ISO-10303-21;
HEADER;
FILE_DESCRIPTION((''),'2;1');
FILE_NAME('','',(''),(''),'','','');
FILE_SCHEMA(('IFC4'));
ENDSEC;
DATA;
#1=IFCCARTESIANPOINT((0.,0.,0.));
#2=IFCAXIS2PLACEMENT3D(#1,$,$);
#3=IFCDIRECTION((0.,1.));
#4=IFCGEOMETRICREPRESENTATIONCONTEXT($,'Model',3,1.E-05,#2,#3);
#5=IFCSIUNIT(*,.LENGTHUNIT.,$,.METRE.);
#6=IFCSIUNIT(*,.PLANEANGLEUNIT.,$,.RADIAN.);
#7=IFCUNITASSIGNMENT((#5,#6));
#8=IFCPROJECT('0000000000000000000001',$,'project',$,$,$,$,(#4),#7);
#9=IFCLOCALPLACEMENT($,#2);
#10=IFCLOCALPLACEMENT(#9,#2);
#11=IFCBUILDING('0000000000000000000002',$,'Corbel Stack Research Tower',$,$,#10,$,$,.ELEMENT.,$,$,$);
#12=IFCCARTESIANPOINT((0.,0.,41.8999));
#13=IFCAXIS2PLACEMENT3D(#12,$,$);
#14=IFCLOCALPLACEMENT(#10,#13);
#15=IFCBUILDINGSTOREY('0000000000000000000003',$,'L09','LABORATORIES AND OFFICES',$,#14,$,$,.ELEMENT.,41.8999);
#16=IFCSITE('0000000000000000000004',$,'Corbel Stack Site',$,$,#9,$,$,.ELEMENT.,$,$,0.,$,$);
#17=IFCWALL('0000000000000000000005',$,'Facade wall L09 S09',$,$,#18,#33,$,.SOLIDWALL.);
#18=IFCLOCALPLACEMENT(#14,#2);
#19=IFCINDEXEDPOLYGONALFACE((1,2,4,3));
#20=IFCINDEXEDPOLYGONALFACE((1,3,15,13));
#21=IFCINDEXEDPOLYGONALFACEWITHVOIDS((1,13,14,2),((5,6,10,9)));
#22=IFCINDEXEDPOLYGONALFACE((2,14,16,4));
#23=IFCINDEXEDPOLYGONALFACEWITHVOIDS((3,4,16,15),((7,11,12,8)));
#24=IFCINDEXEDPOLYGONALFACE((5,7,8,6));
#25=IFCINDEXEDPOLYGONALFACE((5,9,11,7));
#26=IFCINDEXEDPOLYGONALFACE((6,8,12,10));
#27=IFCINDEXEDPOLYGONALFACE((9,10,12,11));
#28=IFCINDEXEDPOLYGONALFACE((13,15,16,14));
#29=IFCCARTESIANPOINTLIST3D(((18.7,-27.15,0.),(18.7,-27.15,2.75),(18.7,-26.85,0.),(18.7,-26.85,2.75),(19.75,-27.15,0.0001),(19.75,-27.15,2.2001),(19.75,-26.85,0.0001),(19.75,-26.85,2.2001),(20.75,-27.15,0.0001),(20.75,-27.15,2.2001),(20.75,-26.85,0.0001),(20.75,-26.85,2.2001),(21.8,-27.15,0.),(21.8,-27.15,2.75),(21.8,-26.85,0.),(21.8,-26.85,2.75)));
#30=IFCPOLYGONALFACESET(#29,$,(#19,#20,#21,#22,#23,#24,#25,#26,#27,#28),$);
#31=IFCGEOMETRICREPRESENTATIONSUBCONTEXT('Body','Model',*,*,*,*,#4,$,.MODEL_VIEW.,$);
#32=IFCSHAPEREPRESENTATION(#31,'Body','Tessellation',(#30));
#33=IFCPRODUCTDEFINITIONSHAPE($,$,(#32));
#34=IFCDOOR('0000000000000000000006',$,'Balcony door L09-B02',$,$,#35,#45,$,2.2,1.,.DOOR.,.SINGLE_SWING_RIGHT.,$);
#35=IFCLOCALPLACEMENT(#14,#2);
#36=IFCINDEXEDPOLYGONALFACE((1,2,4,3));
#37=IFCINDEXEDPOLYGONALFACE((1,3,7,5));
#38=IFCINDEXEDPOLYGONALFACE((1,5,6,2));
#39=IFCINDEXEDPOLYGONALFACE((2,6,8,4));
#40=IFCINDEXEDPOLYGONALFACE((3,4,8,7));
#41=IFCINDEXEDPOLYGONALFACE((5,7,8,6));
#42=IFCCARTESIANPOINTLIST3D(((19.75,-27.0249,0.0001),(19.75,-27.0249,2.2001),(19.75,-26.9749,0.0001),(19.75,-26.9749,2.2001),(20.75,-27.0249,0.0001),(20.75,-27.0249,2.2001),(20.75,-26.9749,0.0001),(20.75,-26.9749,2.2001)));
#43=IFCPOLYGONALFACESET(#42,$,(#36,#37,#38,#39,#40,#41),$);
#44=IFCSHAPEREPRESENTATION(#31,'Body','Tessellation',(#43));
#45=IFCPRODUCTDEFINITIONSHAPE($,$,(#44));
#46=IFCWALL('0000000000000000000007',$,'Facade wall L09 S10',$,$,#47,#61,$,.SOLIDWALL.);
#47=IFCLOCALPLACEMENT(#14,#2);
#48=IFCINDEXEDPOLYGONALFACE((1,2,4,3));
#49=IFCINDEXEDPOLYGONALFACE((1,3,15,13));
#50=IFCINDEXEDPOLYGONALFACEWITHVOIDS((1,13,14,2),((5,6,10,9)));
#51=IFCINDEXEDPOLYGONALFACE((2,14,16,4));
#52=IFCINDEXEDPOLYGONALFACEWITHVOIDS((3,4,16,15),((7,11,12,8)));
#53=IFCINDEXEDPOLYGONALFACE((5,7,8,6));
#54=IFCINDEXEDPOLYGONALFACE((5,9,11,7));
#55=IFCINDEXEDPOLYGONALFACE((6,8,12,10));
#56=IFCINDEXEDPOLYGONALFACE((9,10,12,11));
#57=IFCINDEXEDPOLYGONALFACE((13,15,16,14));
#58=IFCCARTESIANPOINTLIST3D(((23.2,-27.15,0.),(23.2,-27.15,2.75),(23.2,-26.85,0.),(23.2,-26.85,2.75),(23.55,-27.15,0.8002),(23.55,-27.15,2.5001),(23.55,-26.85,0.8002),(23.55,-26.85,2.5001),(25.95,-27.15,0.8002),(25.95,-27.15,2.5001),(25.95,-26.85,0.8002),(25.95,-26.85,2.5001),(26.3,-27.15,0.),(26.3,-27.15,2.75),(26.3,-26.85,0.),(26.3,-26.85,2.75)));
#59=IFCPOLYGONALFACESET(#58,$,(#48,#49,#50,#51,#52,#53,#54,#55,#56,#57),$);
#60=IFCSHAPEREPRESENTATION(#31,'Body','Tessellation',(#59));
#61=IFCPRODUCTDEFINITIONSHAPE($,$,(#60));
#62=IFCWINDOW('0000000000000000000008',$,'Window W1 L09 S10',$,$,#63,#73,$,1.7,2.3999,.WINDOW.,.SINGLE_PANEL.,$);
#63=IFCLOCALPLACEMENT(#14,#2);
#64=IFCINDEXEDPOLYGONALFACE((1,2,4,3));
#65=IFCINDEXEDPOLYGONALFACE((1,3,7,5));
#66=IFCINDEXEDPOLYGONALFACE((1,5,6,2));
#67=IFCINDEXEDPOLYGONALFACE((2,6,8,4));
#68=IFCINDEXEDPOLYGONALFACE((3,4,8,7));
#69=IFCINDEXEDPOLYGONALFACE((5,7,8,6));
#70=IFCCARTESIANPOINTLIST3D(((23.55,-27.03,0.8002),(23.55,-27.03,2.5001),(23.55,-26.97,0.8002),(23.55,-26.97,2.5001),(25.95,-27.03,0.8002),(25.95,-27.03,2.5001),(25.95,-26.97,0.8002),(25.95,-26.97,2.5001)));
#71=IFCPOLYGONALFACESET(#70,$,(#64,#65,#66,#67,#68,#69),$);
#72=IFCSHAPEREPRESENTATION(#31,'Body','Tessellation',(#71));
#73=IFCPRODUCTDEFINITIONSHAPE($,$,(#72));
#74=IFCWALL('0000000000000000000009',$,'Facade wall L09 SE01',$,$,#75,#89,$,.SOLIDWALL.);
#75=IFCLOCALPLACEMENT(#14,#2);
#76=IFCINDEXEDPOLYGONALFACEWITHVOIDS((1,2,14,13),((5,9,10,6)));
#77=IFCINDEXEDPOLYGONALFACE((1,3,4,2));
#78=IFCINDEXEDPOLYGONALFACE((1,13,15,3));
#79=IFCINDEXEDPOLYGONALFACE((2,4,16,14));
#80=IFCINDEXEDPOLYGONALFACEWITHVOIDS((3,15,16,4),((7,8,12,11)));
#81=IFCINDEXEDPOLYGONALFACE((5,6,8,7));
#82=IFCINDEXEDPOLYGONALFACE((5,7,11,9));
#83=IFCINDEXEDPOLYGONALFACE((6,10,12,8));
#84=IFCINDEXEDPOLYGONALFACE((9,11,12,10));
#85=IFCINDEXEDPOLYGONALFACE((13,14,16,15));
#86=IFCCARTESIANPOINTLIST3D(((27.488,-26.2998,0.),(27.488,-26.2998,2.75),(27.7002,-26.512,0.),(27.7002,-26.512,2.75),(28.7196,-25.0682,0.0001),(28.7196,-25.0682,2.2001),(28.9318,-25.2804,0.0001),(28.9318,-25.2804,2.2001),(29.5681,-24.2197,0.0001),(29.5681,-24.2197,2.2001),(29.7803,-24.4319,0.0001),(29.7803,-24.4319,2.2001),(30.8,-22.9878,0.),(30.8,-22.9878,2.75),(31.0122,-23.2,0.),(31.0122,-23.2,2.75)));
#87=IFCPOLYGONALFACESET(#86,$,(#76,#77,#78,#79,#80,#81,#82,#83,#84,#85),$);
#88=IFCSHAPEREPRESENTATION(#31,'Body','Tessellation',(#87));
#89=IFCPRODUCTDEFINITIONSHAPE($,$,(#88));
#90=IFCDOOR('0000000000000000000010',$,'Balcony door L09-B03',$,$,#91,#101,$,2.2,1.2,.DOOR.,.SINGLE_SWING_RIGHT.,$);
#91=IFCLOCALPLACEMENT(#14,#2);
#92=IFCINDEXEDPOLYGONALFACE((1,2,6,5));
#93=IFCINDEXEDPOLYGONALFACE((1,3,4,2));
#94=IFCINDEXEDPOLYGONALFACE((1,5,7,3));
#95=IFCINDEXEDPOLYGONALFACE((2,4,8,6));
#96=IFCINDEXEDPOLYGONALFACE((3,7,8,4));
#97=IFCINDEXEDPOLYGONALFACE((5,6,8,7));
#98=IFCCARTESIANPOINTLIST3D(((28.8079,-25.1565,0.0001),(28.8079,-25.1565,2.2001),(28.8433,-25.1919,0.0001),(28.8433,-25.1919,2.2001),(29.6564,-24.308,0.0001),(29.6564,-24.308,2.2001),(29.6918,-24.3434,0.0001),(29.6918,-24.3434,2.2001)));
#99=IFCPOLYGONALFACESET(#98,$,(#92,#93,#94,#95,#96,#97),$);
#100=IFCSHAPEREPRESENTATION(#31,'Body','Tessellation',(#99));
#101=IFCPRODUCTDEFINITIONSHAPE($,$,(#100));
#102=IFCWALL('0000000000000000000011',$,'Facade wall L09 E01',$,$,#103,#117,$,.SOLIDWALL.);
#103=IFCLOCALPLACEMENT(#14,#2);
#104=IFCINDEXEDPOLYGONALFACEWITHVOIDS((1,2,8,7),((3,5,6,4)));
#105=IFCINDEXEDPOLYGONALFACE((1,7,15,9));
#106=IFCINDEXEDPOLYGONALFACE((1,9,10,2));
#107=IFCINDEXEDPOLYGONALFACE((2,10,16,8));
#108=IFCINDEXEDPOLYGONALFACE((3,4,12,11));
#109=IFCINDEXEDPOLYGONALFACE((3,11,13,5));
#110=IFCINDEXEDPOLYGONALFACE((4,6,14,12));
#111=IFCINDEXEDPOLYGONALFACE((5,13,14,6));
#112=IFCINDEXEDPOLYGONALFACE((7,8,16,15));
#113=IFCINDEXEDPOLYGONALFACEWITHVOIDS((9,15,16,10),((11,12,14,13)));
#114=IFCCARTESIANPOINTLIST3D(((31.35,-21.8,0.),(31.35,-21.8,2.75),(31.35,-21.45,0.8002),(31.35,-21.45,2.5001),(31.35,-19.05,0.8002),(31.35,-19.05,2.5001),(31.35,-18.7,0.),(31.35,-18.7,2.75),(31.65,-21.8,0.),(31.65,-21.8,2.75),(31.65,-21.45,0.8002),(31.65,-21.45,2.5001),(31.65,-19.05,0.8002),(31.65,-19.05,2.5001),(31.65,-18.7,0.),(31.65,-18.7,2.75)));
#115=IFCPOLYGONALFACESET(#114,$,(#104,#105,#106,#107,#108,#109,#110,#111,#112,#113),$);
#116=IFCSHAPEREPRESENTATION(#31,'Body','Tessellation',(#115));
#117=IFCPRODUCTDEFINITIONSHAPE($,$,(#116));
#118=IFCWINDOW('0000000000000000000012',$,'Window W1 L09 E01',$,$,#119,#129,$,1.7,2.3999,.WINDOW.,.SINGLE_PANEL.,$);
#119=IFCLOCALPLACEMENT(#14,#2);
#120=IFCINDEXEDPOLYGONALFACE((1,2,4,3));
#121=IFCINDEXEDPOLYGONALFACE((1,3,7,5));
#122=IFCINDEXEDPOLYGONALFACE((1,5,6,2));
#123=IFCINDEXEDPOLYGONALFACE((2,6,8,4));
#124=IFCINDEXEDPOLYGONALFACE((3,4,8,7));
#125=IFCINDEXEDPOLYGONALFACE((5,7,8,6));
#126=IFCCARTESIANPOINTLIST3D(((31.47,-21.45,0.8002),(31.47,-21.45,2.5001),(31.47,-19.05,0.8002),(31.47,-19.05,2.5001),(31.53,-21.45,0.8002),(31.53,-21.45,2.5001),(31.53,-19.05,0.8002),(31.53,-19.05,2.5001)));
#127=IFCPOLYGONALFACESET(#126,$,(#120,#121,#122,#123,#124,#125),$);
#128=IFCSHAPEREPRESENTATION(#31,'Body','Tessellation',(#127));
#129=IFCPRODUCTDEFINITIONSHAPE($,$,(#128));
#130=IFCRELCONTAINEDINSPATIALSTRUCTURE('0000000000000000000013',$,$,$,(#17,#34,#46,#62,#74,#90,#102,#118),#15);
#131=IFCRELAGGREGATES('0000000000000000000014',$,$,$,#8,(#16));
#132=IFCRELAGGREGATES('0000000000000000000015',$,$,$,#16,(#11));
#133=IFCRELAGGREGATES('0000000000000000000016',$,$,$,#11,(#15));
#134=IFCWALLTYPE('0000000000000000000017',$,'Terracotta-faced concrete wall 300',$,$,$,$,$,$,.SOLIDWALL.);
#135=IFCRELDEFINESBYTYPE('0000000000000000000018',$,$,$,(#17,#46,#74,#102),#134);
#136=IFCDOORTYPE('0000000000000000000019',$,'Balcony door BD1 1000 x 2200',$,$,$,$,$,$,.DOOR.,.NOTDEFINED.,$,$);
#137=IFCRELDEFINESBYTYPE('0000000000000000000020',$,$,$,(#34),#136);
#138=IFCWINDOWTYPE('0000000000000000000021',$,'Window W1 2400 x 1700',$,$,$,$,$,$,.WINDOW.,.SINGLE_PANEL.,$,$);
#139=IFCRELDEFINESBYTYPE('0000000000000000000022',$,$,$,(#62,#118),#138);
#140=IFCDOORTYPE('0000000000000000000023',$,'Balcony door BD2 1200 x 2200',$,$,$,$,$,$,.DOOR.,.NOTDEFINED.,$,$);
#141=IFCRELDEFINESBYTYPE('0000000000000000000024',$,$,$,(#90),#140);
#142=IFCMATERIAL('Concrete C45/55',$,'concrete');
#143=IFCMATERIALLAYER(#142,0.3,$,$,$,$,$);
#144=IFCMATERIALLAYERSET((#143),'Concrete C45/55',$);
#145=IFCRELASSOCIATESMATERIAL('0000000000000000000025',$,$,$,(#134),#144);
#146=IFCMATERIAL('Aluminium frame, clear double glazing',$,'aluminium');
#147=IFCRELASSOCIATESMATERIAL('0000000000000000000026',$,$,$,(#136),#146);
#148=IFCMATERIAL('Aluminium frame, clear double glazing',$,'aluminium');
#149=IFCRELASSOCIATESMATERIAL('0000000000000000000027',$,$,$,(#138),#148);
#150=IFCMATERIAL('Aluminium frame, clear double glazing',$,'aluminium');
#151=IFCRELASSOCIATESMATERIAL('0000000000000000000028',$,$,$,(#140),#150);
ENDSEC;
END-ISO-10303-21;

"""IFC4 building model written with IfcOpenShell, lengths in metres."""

from ifc_helpers import new_model, si_unit, direction, frame, frame_2d, origin, place, context, subcontext, project, spatial, rectangle, extrude, material, layer, layer_set, type_object, element, fill, save


model = new_model("IFC4")

# Units and contexts
model_context = context("Model", 3, precision=1e-05, world=origin(), true_north=direction((0.0, 1.0)))
body_context = subcontext(model_context, "Body", "Model", "MODEL_VIEW")
ifc_project = project(units=[si_unit("LENGTHUNIT", "METRE"), si_unit("PLANEANGLEUNIT", "RADIAN")], contexts=[model_context])

# Site, building, storey
site_placement = place(None, origin())
site = spatial("IfcSite", under=ifc_project, at=site_placement, Name="Corbel Stack Site", CompositionType="ELEMENT", RefElevation=0.0)
building_placement = place(site_placement, origin())
building = spatial("IfcBuilding", under=site, at=building_placement, Name="Corbel Stack Research Tower", CompositionType="ELEMENT")
storey_placement = place(building_placement, frame((0.0, 0.0, 41.8999)))
storey = spatial("IfcBuildingStorey", under=building, at=storey_placement, Name="L09", Description="LABORATORIES AND OFFICES", CompositionType="ELEMENT", Elevation=41.8999)

# Wall, opening, door
ifc_material_1 = material(Name="Concrete C45/55", Category="concrete")
ifc_layer_1 = layer(ifc_material_1, 0.3)
ifc_layer_set_1 = layer_set([ifc_layer_1], Name="Concrete C45/55")
wall_type_1 = type_object("IfcWallType", Name="Terracotta-faced concrete wall 300", PredefinedType="SOLIDWALL", material=ifc_layer_set_1)
wall_1_placement = place(storey_placement, frame((21.8, -27.0, 0.0), z_axis=(0.0, 0.0, 1.0), x_axis=(-1.0, 0.0, 0.0)))
wall_1 = element("IfcWall", 1, at=wall_1_placement, inside=storey, type_object=wall_type_1, Name="Facade wall L09 S09", PredefinedType="SOLIDWALL", context=body_context, shape_type="SweptSolid", body=[
    extrude(rectangle(XDim=3.1001, YDim=0.3, at=frame_2d((1.55, 0.0))), origin(), (0.0, 0.0, 1.0), 2.75),
])
opening_1_placement = place(wall_1_placement, frame((1.05, 0.0, 0.0)))
opening_1 = element("IfcOpeningElement", 2, at=opening_1_placement, cuts=wall_1, PredefinedType="OPENING", context=body_context, shape_type="SweptSolid", body=[
    extrude(rectangle(XDim=1.0, YDim=2.2, at=frame_2d((0.5, 1.1001))), frame((0.0, 0.1599, 0.0), z_axis=(0.0, -1.0, 0.0), x_axis=(1.0, 0.0, 0.0)), (0.0, 0.0, 1.0), 0.3201),
])
ifc_material_2 = material(Name="Aluminium frame, clear double glazing", Category="aluminium")
door_type_1 = type_object("IfcDoorType", Name="Balcony door BD1 1000 x 2200", OperationType="NOTDEFINED", PredefinedType="DOOR", material=ifc_material_2)
door_1_placement = place(opening_1_placement, origin())
door_1 = element("IfcDoor", 3, at=door_1_placement, inside=storey, type_object=door_type_1, Name="Balcony door L09-B02", OperationType="SINGLE_SWING_RIGHT", OverallHeight=2.2, OverallWidth=1.0, PredefinedType="DOOR", context=body_context, shape_type="SweptSolid", body=[
    extrude(rectangle(XDim=1.0, YDim=2.2, at=frame_2d((0.5, 1.1001))), frame((0.0, 0.0249, 0.0), z_axis=(0.0, -1.0, 0.0), x_axis=(1.0, 0.0, 0.0)), (0.0, 0.0, 1.0), 0.05),
])
fill(opening_1, door_1)

# Wall, opening, window
wall_2_placement = place(storey_placement, frame((26.3, -27.0, 0.0), z_axis=(0.0, 0.0, 1.0), x_axis=(-1.0, 0.0, 0.0)))
wall_2 = element("IfcWall", 4, at=wall_2_placement, inside=storey, type_object=wall_type_1, Name="Facade wall L09 S10", PredefinedType="SOLIDWALL", context=body_context, shape_type="SweptSolid", body=[
    extrude(rectangle(XDim=3.1001, YDim=0.3, at=frame_2d((1.55, 0.0))), origin(), (0.0, 0.0, 1.0), 2.75),
])
opening_2_placement = place(wall_2_placement, frame((0.3501, 0.0, 0.8)))
opening_2 = element("IfcOpeningElement", 5, at=opening_2_placement, cuts=wall_2, PredefinedType="OPENING", context=body_context, shape_type="SweptSolid", body=[
    extrude(rectangle(XDim=2.3999, YDim=1.7, at=frame_2d((1.2, 0.8501))), frame((0.0, 0.1599, 0.0), z_axis=(0.0, -1.0, 0.0), x_axis=(1.0, 0.0, 0.0)), (0.0, 0.0, 1.0), 0.3201),
])
ifc_material_3 = material(Name="Aluminium frame, clear double glazing", Category="aluminium")
window_type = type_object("IfcWindowType", Name="Window W1 2400 x 1700", PartitioningType="SINGLE_PANEL", PredefinedType="WINDOW", material=ifc_material_3)
window_1_placement = place(opening_2_placement, origin())
window_1 = element("IfcWindow", 6, at=window_1_placement, inside=storey, type_object=window_type, Name="Window W1 L09 S10", OverallHeight=1.7, OverallWidth=2.3999, PartitioningType="SINGLE_PANEL", PredefinedType="WINDOW", context=body_context, shape_type="SweptSolid", body=[
    extrude(rectangle(XDim=2.3999, YDim=1.7, at=frame_2d((1.2, 0.8501))), frame((0.0, 0.03, 0.0), z_axis=(0.0, -1.0, 0.0), x_axis=(1.0, 0.0, 0.0)), (0.0, 0.0, 1.0), 0.0601),
])
fill(opening_2, window_1)

# Wall, opening, door
wall_3_placement = place(storey_placement, frame((30.906, -23.094, 0.0), z_axis=(0.0, 0.0, 1.0), x_axis=(-0.707107, -0.707107, 0.0)))
wall_3 = element("IfcWall", 7, at=wall_3_placement, inside=storey, type_object=wall_type_1, Name="Facade wall L09 SE01", PredefinedType="SOLIDWALL", context=body_context, shape_type="SweptSolid", body=[
    extrude(rectangle(XDim=4.6838, YDim=0.3, at=frame_2d((2.3418, 0.0))), origin(), (0.0, 0.0, 1.0), 2.75),
])
opening_3_placement = place(wall_3_placement, frame((1.7419, 0.0, 0.0)))
opening_3 = element("IfcOpeningElement", 8, at=opening_3_placement, cuts=wall_3, PredefinedType="OPENING", context=body_context, shape_type="SweptSolid", body=[
    extrude(rectangle(XDim=1.2, YDim=2.2, at=frame_2d((0.6001, 1.1001))), frame((0.0, 0.1599, 0.0), z_axis=(0.0, -1.0, 0.0), x_axis=(1.0, 0.0, 0.0)), (0.0, 0.0, 1.0), 0.3201),
])
ifc_material_4 = material(Name="Aluminium frame, clear double glazing", Category="aluminium")
door_type_2 = type_object("IfcDoorType", Name="Balcony door BD2 1200 x 2200", OperationType="NOTDEFINED", PredefinedType="DOOR", material=ifc_material_4)
door_2_placement = place(opening_3_placement, origin())
door_2 = element("IfcDoor", 9, at=door_2_placement, inside=storey, type_object=door_type_2, Name="Balcony door L09-B03", OperationType="SINGLE_SWING_RIGHT", OverallHeight=2.2, OverallWidth=1.2, PredefinedType="DOOR", context=body_context, shape_type="SweptSolid", body=[
    extrude(rectangle(XDim=1.2, YDim=2.2, at=frame_2d((0.6001, 1.1001))), frame((0.0, 0.0249, 0.0), z_axis=(0.0, -1.0, 0.0), x_axis=(1.0, 0.0, 0.0)), (0.0, 0.0, 1.0), 0.05),
])
fill(opening_3, door_2)

# Wall, opening, window
wall_4_placement = place(storey_placement, frame((31.5, -18.7, 0.0), z_axis=(0.0, 0.0, 1.0), x_axis=(0.0, -1.0, 0.0)))
wall_4 = element("IfcWall", 10, at=wall_4_placement, inside=storey, type_object=wall_type_1, Name="Facade wall L09 E01", PredefinedType="SOLIDWALL", context=body_context, shape_type="SweptSolid", body=[
    extrude(rectangle(XDim=3.1001, YDim=0.3, at=frame_2d((1.55, 0.0))), origin(), (0.0, 0.0, 1.0), 2.75),
])
opening_4_placement = place(wall_4_placement, frame((0.3501, 0.0, 0.8)))
opening_4 = element("IfcOpeningElement", 11, at=opening_4_placement, cuts=wall_4, PredefinedType="OPENING", context=body_context, shape_type="SweptSolid", body=[
    extrude(rectangle(XDim=2.3999, YDim=1.7, at=frame_2d((1.2, 0.8501))), frame((0.0, 0.1599, 0.0), z_axis=(0.0, -1.0, 0.0), x_axis=(1.0, 0.0, 0.0)), (0.0, 0.0, 1.0), 0.3201),
])
window_2_placement = place(opening_4_placement, origin())
window_2 = element("IfcWindow", 12, at=window_2_placement, inside=storey, type_object=window_type, Name="Window W1 L09 E01", OverallHeight=1.7, OverallWidth=2.3999, PartitioningType="SINGLE_PANEL", PredefinedType="WINDOW", context=body_context, shape_type="SweptSolid", body=[
    extrude(rectangle(XDim=2.3999, YDim=1.7, at=frame_2d((1.2, 0.8501))), frame((0.0, 0.03, 0.0), z_axis=(0.0, -1.0, 0.0), x_axis=(1.0, 0.0, 0.0)), (0.0, 0.0, 1.0), 0.0601),
])
fill(opening_4, window_2)

save(model, "model.ifc")
